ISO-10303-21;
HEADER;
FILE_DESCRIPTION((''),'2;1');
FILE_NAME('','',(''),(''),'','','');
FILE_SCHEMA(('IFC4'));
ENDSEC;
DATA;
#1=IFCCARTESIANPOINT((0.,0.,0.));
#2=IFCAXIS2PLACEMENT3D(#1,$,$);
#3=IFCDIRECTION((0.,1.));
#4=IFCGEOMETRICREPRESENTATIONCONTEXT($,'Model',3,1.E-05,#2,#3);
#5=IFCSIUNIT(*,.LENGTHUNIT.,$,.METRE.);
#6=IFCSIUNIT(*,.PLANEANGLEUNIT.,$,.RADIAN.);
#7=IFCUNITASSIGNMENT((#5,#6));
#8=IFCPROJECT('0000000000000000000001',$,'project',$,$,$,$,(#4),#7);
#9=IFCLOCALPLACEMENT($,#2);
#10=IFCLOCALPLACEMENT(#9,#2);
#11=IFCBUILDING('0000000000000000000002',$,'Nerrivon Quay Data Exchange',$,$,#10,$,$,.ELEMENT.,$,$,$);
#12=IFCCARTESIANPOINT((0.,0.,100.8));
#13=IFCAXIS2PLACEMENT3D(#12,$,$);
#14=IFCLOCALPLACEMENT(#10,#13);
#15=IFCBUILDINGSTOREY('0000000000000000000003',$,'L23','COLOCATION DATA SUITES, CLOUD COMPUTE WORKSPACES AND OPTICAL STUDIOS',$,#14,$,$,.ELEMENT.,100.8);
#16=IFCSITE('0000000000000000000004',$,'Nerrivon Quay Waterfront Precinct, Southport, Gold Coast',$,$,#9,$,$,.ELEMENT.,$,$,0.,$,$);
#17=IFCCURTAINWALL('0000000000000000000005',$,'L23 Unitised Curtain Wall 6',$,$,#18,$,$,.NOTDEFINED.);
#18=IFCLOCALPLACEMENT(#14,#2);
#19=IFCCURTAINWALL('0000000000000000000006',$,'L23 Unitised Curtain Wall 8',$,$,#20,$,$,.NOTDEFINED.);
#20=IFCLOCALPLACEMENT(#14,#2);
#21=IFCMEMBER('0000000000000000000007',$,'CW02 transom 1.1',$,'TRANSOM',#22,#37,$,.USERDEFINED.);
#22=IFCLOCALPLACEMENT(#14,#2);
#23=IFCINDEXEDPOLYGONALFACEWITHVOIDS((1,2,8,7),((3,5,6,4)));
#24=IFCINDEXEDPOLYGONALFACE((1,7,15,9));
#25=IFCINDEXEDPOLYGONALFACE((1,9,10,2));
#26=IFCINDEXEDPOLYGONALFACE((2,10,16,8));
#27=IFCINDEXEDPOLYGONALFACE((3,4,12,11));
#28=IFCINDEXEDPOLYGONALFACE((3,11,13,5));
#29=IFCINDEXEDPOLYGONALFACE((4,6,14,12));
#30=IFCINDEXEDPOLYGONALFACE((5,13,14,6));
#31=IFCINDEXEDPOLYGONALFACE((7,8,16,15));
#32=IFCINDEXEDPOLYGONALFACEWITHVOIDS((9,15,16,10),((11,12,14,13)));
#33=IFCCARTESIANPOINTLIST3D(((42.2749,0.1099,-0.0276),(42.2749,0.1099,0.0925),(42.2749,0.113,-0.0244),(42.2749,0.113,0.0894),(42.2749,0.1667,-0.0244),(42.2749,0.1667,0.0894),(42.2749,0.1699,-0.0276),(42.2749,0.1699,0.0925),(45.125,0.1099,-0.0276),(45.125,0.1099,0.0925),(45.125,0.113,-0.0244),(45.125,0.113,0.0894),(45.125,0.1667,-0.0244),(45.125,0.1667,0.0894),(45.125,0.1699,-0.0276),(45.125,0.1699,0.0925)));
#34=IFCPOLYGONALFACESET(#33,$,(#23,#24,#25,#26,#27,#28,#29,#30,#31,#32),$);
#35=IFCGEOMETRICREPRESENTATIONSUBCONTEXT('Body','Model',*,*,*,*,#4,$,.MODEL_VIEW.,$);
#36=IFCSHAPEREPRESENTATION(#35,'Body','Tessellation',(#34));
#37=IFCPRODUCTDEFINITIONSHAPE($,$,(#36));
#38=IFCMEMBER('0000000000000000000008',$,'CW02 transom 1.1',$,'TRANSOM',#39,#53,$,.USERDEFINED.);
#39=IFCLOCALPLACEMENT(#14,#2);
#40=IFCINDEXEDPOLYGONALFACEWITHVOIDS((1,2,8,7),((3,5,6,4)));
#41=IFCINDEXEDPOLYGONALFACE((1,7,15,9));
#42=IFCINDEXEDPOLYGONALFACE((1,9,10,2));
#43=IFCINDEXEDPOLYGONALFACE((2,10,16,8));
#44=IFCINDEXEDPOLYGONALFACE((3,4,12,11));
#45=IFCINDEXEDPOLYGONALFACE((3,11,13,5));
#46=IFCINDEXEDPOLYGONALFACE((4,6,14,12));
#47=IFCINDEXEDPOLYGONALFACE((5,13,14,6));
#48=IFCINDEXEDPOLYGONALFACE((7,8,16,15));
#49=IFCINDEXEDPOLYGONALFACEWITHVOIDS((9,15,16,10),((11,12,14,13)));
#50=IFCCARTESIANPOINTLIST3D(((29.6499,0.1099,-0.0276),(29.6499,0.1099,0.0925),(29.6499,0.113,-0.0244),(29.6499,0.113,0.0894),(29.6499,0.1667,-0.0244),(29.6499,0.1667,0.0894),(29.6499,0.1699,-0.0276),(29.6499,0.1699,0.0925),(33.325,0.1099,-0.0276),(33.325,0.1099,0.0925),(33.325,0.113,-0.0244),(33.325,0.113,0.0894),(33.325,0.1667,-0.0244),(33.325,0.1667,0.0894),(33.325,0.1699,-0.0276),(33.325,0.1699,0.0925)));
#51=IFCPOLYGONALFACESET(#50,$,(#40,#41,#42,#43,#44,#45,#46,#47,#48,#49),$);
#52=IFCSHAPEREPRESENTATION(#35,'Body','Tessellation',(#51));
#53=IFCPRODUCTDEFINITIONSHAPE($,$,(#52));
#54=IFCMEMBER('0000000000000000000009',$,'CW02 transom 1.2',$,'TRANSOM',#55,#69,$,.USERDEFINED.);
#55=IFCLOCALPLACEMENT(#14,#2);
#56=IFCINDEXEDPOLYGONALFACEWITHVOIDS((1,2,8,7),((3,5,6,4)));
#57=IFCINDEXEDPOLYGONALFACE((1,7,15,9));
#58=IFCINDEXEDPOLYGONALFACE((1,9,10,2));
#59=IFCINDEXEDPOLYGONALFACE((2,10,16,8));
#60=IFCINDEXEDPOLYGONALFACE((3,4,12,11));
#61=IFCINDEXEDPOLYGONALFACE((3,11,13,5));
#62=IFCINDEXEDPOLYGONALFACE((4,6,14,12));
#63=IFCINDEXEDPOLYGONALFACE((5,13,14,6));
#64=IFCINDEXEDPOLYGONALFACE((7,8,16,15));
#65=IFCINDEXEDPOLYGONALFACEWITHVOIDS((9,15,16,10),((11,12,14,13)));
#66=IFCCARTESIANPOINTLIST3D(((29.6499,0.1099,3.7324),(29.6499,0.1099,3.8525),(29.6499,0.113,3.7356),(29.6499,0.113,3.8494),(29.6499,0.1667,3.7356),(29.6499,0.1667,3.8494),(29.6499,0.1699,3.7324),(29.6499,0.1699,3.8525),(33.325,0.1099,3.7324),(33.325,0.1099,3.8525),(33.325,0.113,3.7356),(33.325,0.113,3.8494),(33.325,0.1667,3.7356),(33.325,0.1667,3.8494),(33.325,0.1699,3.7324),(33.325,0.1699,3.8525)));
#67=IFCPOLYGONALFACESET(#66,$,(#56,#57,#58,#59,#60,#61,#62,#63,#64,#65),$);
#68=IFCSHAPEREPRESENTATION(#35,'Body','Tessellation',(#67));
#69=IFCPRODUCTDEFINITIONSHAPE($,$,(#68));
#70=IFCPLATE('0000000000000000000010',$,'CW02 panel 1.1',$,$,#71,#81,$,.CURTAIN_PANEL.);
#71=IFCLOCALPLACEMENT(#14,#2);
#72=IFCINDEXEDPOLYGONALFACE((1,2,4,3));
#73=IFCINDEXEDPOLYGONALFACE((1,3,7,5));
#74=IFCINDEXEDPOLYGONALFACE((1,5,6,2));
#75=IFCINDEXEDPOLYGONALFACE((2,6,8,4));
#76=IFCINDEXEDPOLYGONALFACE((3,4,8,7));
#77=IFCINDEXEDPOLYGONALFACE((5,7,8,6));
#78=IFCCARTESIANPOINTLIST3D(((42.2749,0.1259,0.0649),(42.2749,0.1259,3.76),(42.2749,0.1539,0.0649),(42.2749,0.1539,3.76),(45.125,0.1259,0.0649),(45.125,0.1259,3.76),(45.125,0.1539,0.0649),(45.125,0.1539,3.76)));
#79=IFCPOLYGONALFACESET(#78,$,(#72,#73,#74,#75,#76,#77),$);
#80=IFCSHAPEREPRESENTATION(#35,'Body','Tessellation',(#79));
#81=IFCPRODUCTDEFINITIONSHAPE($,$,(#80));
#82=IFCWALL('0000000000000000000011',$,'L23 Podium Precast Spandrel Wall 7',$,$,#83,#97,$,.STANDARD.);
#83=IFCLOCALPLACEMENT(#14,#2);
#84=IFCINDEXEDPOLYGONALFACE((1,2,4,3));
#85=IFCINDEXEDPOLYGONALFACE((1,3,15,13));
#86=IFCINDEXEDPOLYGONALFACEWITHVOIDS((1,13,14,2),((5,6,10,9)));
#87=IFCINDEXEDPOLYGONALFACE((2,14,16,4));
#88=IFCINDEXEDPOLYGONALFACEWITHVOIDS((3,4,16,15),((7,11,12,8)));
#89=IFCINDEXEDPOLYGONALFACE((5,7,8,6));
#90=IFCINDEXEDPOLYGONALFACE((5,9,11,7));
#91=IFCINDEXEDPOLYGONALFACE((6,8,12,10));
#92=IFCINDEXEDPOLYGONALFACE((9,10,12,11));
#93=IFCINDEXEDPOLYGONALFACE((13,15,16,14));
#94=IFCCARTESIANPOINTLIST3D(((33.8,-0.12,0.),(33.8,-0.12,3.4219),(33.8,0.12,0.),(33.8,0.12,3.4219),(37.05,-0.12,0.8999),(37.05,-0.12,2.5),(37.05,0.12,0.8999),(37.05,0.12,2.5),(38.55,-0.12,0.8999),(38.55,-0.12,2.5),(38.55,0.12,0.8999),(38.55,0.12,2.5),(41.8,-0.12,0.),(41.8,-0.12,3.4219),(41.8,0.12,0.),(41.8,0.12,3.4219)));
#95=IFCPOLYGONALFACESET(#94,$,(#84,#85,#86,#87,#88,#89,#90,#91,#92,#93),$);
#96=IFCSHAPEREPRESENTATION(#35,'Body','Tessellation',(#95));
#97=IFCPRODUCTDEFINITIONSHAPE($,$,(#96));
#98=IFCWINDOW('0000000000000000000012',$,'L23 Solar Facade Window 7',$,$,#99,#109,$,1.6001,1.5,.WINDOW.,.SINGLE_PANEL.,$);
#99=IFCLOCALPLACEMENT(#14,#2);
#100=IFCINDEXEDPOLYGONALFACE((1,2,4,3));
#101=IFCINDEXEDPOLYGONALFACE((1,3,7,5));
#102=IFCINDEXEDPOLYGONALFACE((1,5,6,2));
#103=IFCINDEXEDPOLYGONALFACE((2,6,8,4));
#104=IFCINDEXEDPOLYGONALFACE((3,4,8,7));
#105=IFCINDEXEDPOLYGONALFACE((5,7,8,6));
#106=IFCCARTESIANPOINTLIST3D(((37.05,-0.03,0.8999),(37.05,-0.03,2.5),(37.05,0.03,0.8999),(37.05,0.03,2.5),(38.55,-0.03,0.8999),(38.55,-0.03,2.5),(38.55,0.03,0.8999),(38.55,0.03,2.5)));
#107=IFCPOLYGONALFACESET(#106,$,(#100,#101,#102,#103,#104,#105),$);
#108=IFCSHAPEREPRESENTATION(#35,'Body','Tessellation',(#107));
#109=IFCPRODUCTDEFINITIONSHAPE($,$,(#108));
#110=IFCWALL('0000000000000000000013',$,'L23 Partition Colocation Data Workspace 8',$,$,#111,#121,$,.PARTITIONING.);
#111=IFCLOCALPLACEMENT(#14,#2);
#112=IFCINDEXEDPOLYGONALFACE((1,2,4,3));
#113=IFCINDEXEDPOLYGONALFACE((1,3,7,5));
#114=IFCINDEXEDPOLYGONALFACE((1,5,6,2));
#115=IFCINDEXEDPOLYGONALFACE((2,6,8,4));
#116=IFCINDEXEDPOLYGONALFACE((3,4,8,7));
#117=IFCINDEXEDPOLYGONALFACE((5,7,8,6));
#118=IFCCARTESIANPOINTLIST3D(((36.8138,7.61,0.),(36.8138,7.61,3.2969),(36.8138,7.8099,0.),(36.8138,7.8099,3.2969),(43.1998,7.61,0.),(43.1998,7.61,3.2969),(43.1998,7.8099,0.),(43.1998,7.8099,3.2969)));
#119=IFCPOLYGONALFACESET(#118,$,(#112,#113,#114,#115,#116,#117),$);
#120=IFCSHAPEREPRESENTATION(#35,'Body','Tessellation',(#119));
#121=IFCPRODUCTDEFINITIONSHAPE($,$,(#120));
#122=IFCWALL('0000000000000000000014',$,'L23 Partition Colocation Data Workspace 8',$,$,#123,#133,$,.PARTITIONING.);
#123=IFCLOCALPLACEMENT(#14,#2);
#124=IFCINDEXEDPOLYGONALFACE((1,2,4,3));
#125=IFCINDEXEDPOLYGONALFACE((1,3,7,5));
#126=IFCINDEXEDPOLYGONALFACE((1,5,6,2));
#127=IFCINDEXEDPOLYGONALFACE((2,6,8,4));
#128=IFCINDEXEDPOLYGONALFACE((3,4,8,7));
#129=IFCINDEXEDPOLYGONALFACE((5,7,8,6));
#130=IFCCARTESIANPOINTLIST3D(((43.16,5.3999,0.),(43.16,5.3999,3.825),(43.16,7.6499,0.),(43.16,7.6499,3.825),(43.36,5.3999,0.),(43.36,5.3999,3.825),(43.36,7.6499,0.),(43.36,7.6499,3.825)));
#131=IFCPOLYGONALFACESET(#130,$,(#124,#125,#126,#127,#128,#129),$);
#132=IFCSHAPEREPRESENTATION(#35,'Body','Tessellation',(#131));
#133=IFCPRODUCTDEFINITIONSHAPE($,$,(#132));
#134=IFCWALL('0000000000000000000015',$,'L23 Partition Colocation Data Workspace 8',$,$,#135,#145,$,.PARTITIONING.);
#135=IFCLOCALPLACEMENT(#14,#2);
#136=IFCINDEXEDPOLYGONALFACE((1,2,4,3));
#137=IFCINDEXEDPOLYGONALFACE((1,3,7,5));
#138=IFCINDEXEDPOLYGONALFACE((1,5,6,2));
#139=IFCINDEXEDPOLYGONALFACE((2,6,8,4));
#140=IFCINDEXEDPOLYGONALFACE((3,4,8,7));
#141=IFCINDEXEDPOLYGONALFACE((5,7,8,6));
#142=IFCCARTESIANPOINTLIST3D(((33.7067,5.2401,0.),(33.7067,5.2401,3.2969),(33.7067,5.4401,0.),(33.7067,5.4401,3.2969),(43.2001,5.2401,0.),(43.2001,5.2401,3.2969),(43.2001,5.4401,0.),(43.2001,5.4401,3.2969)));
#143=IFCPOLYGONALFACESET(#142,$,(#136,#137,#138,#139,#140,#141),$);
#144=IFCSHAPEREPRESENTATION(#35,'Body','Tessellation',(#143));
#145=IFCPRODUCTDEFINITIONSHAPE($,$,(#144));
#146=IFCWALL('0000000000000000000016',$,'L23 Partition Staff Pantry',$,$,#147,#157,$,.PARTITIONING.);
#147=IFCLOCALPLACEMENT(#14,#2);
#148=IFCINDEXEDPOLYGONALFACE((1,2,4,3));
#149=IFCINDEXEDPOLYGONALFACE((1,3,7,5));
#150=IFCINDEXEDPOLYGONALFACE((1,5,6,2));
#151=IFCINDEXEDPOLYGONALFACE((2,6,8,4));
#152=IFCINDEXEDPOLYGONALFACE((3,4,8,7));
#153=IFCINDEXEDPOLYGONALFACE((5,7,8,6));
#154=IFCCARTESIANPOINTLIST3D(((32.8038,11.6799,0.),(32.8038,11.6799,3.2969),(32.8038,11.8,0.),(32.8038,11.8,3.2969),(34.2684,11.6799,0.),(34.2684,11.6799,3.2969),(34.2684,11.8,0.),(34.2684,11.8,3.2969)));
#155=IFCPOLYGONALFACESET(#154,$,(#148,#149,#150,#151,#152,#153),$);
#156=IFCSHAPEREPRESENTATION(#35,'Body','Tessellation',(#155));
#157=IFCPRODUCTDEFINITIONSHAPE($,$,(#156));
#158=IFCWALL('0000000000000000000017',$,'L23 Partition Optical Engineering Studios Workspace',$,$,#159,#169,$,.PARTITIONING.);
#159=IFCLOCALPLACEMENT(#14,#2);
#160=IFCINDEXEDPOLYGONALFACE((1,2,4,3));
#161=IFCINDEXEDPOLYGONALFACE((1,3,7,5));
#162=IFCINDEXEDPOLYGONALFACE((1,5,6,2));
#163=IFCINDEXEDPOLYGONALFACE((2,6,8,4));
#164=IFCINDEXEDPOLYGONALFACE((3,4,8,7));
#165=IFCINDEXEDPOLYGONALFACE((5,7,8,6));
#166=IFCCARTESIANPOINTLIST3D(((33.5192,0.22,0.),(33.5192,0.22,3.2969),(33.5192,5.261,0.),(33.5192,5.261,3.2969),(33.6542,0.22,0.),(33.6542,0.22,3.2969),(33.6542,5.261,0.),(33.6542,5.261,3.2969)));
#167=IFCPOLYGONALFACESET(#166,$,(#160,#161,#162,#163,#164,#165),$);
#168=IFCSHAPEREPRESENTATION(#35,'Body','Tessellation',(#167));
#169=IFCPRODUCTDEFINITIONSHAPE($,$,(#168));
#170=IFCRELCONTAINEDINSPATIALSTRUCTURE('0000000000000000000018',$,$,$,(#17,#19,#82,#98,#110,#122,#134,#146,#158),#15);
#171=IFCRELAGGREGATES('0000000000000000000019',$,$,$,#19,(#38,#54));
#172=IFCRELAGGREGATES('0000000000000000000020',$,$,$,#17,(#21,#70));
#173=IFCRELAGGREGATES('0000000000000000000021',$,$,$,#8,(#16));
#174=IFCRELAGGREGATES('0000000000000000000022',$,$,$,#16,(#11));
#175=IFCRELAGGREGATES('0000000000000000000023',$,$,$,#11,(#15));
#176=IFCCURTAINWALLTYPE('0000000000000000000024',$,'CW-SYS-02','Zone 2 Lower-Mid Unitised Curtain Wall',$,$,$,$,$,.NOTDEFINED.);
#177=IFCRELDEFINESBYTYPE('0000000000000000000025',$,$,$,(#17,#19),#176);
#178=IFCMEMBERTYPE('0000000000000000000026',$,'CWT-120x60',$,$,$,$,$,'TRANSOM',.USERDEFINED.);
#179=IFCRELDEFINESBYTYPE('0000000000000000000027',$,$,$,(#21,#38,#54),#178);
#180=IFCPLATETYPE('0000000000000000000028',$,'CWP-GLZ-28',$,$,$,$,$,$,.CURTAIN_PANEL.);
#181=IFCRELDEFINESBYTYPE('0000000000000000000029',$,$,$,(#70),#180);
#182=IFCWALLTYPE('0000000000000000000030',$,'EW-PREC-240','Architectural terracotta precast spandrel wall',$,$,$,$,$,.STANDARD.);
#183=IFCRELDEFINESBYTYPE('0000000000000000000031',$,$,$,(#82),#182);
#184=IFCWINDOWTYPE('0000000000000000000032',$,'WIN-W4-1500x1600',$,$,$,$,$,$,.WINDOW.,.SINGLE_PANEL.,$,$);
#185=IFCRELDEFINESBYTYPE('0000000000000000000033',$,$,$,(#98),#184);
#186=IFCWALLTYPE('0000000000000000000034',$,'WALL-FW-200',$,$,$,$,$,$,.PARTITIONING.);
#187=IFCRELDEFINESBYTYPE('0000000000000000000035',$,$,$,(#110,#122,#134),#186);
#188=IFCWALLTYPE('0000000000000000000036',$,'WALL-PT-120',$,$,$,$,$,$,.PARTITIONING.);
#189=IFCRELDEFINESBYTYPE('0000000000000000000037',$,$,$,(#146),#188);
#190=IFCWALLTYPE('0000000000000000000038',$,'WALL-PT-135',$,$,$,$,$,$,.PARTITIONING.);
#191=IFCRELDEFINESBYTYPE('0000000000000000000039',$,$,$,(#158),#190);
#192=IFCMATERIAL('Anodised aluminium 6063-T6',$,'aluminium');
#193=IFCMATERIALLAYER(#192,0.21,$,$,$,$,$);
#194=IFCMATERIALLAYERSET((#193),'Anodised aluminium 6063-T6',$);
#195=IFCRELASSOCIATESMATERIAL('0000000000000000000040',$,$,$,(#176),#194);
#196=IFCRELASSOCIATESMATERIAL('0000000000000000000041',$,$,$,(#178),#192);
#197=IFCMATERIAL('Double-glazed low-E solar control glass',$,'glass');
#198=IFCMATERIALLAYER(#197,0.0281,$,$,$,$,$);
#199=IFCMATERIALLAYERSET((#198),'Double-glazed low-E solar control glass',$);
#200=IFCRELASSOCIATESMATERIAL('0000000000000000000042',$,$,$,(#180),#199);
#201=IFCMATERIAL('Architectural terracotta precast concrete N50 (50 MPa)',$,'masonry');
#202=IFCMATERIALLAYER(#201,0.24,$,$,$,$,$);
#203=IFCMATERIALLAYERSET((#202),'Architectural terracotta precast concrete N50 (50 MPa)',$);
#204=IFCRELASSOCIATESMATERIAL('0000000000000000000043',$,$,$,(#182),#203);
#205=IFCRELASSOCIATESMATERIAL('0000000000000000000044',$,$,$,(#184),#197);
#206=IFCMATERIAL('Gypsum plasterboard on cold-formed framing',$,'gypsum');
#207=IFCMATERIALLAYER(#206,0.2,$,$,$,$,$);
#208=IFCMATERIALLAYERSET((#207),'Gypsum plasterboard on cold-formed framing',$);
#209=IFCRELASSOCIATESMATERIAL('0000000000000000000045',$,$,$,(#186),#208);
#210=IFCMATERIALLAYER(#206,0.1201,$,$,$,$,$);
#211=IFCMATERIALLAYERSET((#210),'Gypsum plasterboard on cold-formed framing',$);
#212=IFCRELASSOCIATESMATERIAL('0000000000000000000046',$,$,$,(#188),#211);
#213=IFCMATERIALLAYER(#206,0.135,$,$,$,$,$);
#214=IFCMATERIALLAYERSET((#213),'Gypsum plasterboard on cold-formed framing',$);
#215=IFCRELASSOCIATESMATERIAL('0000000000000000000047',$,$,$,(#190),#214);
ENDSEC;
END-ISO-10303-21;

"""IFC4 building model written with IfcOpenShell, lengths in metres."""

from ifc_helpers import new_model, si_unit, direction, frame, frame_2d, origin, origin_2d, place, context, subcontext, project, spatial, rectangle, hollow_rectangle, extrude, material, layer, layer_set, material_profile, profile_set, type_object, element, fill, aggregate, save


model = new_model("IFC4")

# Units and contexts
model_context = context("Model", 3, precision=1e-05, world=origin(), true_north=direction((0.0, 1.0)))
body_context = subcontext(model_context, "Body", "Model", "MODEL_VIEW")
ifc_project = project(units=[si_unit("LENGTHUNIT", "METRE"), si_unit("PLANEANGLEUNIT", "RADIAN")], contexts=[model_context])

# Site, building, storey
site_placement = place(None, origin())
site = spatial("IfcSite", under=ifc_project, at=site_placement, Name="Nerrivon Quay Waterfront Precinct, Southport, Gold Coast", CompositionType="ELEMENT", RefElevation=0.0)
building_placement = place(site_placement, origin())
building = spatial("IfcBuilding", under=site, at=building_placement, Name="Nerrivon Quay Data Exchange", CompositionType="ELEMENT")
storey_placement = place(building_placement, frame((0.0, 0.0, 100.8)))
storey = spatial("IfcBuildingStorey", under=building, at=storey_placement, Name="L23", Description="COLOCATION DATA SUITES, CLOUD COMPUTE WORKSPACES AND OPTICAL STUDIOS", CompositionType="ELEMENT", Elevation=100.8)

# Curtain walls
ifc_material_1 = material(Name="Anodised aluminium 6063-T6", Category="aluminium")
ifc_layer_1 = layer(ifc_material_1, 0.21)
ifc_layer_set_1 = layer_set([ifc_layer_1], Name="Anodised aluminium 6063-T6")
curtain_wall_type = type_object("IfcCurtainWallType", Name="CW-SYS-02", Description="Zone 2 Lower-Mid Unitised Curtain Wall", PredefinedType="NOTDEFINED", material=ifc_layer_set_1)
curtain_wall_1_placement = place(storey_placement, origin())
curtain_wall_1 = element("IfcCurtainWall", 1, at=curtain_wall_1_placement, inside=storey, type_object=curtain_wall_type, Name="L23 Unitised Curtain Wall 6", PredefinedType="NOTDEFINED")
curtain_wall_2_placement = place(storey_placement, origin())
curtain_wall_2 = element("IfcCurtainWall", 2, at=curtain_wall_2_placement, inside=storey, type_object=curtain_wall_type, Name="L23 Unitised Curtain Wall 8", PredefinedType="NOTDEFINED")

# Members
ifc_material_profile_1 = material_profile(ifc_material_1, hollow_rectangle(XDim=0.0601, YDim=0.1201, WallThickness=0.0032, at=origin_2d()), Name="ALU-TRAN-120x60")
ifc_profile_set_1 = profile_set([ifc_material_profile_1], Name="Anodised aluminium 6063-T6")
member_type_1 = type_object("IfcMemberType", Name="CWT-120x60", ElementType="TRANSOM", PredefinedType="USERDEFINED", material=ifc_profile_set_1)
member_1_placement = place(storey_placement, frame((45.125, 0.1399, 0.0325), z_axis=(-1.0, 0.0, 0.0), x_axis=(0.0, -1.0, 0.0)))
member_1 = element("IfcMember", 3, at=member_1_placement, type_object=member_type_1, Name="CW02 transom 1.1", ObjectType="TRANSOM", PredefinedType="USERDEFINED", context=body_context, shape_type="SweptSolid", body=[
    extrude(hollow_rectangle(XDim=0.0601, YDim=0.1201, WallThickness=0.0032, at=origin_2d()), origin(), (0.0, 0.0, 1.0), 2.8501),
])
member_2_placement = place(storey_placement, frame((33.325, 0.1399, 0.0325), z_axis=(-1.0, 0.0, 0.0), x_axis=(0.0, -1.0, 0.0)))
member_2 = element("IfcMember", 4, at=member_2_placement, type_object=member_type_1, Name="CW02 transom 1.1", ObjectType="TRANSOM", PredefinedType="USERDEFINED", context=body_context, shape_type="SweptSolid", body=[
    extrude(hollow_rectangle(XDim=0.0601, YDim=0.1201, WallThickness=0.0032, at=origin_2d()), origin(), (0.0, 0.0, 1.0), 3.675),
])
member_3_placement = place(storey_placement, frame((33.325, 0.1399, 3.7925), z_axis=(-1.0, 0.0, 0.0), x_axis=(0.0, -1.0, 0.0)))
member_3 = element("IfcMember", 5, at=member_3_placement, type_object=member_type_1, Name="CW02 transom 1.2", ObjectType="TRANSOM", PredefinedType="USERDEFINED", context=body_context, shape_type="SweptSolid", body=[
    extrude(hollow_rectangle(XDim=0.0601, YDim=0.1201, WallThickness=0.0032, at=origin_2d()), origin(), (0.0, 0.0, 1.0), 3.675),
])
aggregate(curtain_wall_2, [member_2, member_3])

# Plate
ifc_material_2 = material(Name="Double-glazed low-E solar control glass", Category="glass")
ifc_layer_2 = layer(ifc_material_2, 0.0281)
ifc_layer_set_2 = layer_set([ifc_layer_2], Name="Double-glazed low-E solar control glass")
plate_type = type_object("IfcPlateType", Name="CWP-GLZ-28", PredefinedType="CURTAIN_PANEL", material=ifc_layer_set_2)
plate_placement = place(storey_placement, frame((43.7, 0.1399, 0.0649), z_axis=(0.0, 0.0, 1.0), x_axis=(-1.0, 0.0, 0.0)))
plate = element("IfcPlate", 6, at=plate_placement, type_object=plate_type, Name="CW02 panel 1.1", PredefinedType="CURTAIN_PANEL", context=body_context, shape_type="SweptSolid", body=[
    extrude(rectangle(XDim=2.8501, YDim=0.0281, at=origin_2d()), origin(), (0.0, 0.0, 1.0), 3.6951),
])
aggregate(curtain_wall_1, [member_1, plate])

# Wall, opening, window
ifc_material_3 = material(Name="Architectural terracotta precast concrete N50 (50 MPa)", Category="masonry")
ifc_layer_3 = layer(ifc_material_3, 0.24)
ifc_layer_set_3 = layer_set([ifc_layer_3], Name="Architectural terracotta precast concrete N50 (50 MPa)")
wall_type_1 = type_object("IfcWallType", Name="EW-PREC-240", Description="Architectural terracotta precast spandrel wall", PredefinedType="STANDARD", material=ifc_layer_set_3)
wall_1_placement = place(storey_placement, frame((41.8, 0.0, 0.0), z_axis=(0.0, 0.0, 1.0), x_axis=(-1.0, 0.0, 0.0)))
wall_1 = element("IfcWall", 7, at=wall_1_placement, inside=storey, type_object=wall_type_1, Name="L23 Podium Precast Spandrel Wall 7", PredefinedType="STANDARD", context=body_context, shape_type="SweptSolid", body=[
    extrude(rectangle(XDim=8.0, YDim=0.24, at=frame_2d((4.0, 0.0))), origin(), (0.0, 0.0, 1.0), 3.4219),
])
opening_1_placement = place(wall_1_placement, frame((3.25, 0.0, 0.8999)))
opening_1 = element("IfcOpeningElement", 8, at=opening_1_placement, cuts=wall_1, PredefinedType="OPENING", context=body_context, shape_type="SweptSolid", body=[
    extrude(rectangle(XDim=1.5, YDim=1.6001, at=frame_2d((0.75, 0.8))), frame((0.0, 0.1299, 0.0), z_axis=(0.0, -1.0, 0.0), x_axis=(1.0, 0.0, 0.0)), (0.0, 0.0, 1.0), 0.26),
])
window_type = type_object("IfcWindowType", Name="WIN-W4-1500x1600", PartitioningType="SINGLE_PANEL", PredefinedType="WINDOW", material=ifc_material_2)
window_placement = place(opening_1_placement, origin())
window = element("IfcWindow", 9, at=window_placement, inside=storey, type_object=window_type, Name="L23 Solar Facade Window 7", OverallHeight=1.6001, OverallWidth=1.5, PartitioningType="SINGLE_PANEL", PredefinedType="WINDOW", context=body_context, shape_type="SweptSolid", body=[
    extrude(rectangle(XDim=1.5, YDim=1.6001, at=frame_2d((0.75, 0.8))), frame((0.0, 0.03, 0.0), z_axis=(0.0, -1.0, 0.0), x_axis=(1.0, 0.0, 0.0)), (0.0, 0.0, 1.0), 0.0601),
])
fill(opening_1, window)

# Walls
ifc_material_4 = material(Name="Gypsum plasterboard on cold-formed framing", Category="gypsum")
ifc_layer_4 = layer(ifc_material_4, 0.2)
ifc_layer_set_4 = layer_set([ifc_layer_4], Name="Gypsum plasterboard on cold-formed framing")
wall_type_2 = type_object("IfcWallType", Name="WALL-FW-200", PredefinedType="PARTITIONING", material=ifc_layer_set_4)
wall_2_placement = place(storey_placement, frame((36.814, 7.71, 0.0), z_axis=(0.0, 0.0, 1.0), x_axis=(1.0, 0.0, 0.0)))
element("IfcWall", 10, at=wall_2_placement, inside=storey, type_object=wall_type_2, Name="L23 Partition Colocation Data Workspace 8", PredefinedType="PARTITIONING", context=body_context, shape_type="SweptSolid", body=[
    extrude(rectangle(XDim=6.386, YDim=0.2, at=frame_2d((3.1929, 0.0))), origin(), (0.0, 0.0, 1.0), 3.2969),
])
wall_3_placement = place(storey_placement, frame((43.26, 7.6499, 0.0), z_axis=(0.0, 0.0, 1.0), x_axis=(0.0, -1.0, 0.0)))
element("IfcWall", 11, at=wall_3_placement, inside=storey, type_object=wall_type_2, Name="L23 Partition Colocation Data Workspace 8", PredefinedType="PARTITIONING", context=body_context, shape_type="SweptSolid", body=[
    extrude(rectangle(XDim=2.25, YDim=0.2, at=frame_2d((1.125, 0.0))), origin(), (0.0, 0.0, 1.0), 3.825),
])
wall_4_placement = place(storey_placement, frame((43.2, 5.3401, 0.0), z_axis=(0.0, 0.0, 1.0), x_axis=(-1.0, 0.0, 0.0)))
element("IfcWall", 12, at=wall_4_placement, inside=storey, type_object=wall_type_2, Name="L23 Partition Colocation Data Workspace 8", PredefinedType="PARTITIONING", context=body_context, shape_type="SweptSolid", body=[
    extrude(rectangle(XDim=9.4934, YDim=0.2, at=frame_2d((4.7466, 0.0))), origin(), (0.0, 0.0, 1.0), 3.2969),
])
ifc_layer_5 = layer(ifc_material_4, 0.1201)
ifc_layer_set_5 = layer_set([ifc_layer_5], Name="Gypsum plasterboard on cold-formed framing")
wall_type_3 = type_object("IfcWallType", Name="WALL-PT-120", PredefinedType="PARTITIONING", material=ifc_layer_set_5)
wall_5_placement = place(storey_placement, frame((34.2686, 11.74, 0.0), z_axis=(0.0, 0.0, 1.0), x_axis=(-1.0, 0.0, 0.0)))
element("IfcWall", 13, at=wall_5_placement, inside=storey, type_object=wall_type_3, Name="L23 Partition Staff Pantry", PredefinedType="PARTITIONING", context=body_context, shape_type="SweptSolid", body=[
    extrude(rectangle(XDim=1.4646, YDim=0.1201, at=frame_2d((0.7324, 0.0))), origin(), (0.0, 0.0, 1.0), 3.2969),
])

# Shared definitions
ifc_layer_6 = layer(ifc_material_4, 0.135)
ifc_layer_set_6 = layer_set([ifc_layer_6], Name="Gypsum plasterboard on cold-formed framing")
wall_type_4 = type_object("IfcWallType", Name="WALL-PT-135", PredefinedType="PARTITIONING", material=ifc_layer_set_6)

# Wall
wall_6_placement = place(storey_placement, frame((33.5867, 0.22, 0.0), z_axis=(0.0, 0.0, 1.0), x_axis=(0.0, 1.0, 0.0)))
element("IfcWall", 14, at=wall_6_placement, inside=storey, type_object=wall_type_4, Name="L23 Partition Optical Engineering Studios Workspace", PredefinedType="PARTITIONING", context=body_context, shape_type="SweptSolid", body=[
    extrude(rectangle(XDim=5.041, YDim=0.135, at=frame_2d((2.5205, 0.0))), origin(), (0.0, 0.0, 1.0), 3.2969),
])

save(model, "model.ifc")
